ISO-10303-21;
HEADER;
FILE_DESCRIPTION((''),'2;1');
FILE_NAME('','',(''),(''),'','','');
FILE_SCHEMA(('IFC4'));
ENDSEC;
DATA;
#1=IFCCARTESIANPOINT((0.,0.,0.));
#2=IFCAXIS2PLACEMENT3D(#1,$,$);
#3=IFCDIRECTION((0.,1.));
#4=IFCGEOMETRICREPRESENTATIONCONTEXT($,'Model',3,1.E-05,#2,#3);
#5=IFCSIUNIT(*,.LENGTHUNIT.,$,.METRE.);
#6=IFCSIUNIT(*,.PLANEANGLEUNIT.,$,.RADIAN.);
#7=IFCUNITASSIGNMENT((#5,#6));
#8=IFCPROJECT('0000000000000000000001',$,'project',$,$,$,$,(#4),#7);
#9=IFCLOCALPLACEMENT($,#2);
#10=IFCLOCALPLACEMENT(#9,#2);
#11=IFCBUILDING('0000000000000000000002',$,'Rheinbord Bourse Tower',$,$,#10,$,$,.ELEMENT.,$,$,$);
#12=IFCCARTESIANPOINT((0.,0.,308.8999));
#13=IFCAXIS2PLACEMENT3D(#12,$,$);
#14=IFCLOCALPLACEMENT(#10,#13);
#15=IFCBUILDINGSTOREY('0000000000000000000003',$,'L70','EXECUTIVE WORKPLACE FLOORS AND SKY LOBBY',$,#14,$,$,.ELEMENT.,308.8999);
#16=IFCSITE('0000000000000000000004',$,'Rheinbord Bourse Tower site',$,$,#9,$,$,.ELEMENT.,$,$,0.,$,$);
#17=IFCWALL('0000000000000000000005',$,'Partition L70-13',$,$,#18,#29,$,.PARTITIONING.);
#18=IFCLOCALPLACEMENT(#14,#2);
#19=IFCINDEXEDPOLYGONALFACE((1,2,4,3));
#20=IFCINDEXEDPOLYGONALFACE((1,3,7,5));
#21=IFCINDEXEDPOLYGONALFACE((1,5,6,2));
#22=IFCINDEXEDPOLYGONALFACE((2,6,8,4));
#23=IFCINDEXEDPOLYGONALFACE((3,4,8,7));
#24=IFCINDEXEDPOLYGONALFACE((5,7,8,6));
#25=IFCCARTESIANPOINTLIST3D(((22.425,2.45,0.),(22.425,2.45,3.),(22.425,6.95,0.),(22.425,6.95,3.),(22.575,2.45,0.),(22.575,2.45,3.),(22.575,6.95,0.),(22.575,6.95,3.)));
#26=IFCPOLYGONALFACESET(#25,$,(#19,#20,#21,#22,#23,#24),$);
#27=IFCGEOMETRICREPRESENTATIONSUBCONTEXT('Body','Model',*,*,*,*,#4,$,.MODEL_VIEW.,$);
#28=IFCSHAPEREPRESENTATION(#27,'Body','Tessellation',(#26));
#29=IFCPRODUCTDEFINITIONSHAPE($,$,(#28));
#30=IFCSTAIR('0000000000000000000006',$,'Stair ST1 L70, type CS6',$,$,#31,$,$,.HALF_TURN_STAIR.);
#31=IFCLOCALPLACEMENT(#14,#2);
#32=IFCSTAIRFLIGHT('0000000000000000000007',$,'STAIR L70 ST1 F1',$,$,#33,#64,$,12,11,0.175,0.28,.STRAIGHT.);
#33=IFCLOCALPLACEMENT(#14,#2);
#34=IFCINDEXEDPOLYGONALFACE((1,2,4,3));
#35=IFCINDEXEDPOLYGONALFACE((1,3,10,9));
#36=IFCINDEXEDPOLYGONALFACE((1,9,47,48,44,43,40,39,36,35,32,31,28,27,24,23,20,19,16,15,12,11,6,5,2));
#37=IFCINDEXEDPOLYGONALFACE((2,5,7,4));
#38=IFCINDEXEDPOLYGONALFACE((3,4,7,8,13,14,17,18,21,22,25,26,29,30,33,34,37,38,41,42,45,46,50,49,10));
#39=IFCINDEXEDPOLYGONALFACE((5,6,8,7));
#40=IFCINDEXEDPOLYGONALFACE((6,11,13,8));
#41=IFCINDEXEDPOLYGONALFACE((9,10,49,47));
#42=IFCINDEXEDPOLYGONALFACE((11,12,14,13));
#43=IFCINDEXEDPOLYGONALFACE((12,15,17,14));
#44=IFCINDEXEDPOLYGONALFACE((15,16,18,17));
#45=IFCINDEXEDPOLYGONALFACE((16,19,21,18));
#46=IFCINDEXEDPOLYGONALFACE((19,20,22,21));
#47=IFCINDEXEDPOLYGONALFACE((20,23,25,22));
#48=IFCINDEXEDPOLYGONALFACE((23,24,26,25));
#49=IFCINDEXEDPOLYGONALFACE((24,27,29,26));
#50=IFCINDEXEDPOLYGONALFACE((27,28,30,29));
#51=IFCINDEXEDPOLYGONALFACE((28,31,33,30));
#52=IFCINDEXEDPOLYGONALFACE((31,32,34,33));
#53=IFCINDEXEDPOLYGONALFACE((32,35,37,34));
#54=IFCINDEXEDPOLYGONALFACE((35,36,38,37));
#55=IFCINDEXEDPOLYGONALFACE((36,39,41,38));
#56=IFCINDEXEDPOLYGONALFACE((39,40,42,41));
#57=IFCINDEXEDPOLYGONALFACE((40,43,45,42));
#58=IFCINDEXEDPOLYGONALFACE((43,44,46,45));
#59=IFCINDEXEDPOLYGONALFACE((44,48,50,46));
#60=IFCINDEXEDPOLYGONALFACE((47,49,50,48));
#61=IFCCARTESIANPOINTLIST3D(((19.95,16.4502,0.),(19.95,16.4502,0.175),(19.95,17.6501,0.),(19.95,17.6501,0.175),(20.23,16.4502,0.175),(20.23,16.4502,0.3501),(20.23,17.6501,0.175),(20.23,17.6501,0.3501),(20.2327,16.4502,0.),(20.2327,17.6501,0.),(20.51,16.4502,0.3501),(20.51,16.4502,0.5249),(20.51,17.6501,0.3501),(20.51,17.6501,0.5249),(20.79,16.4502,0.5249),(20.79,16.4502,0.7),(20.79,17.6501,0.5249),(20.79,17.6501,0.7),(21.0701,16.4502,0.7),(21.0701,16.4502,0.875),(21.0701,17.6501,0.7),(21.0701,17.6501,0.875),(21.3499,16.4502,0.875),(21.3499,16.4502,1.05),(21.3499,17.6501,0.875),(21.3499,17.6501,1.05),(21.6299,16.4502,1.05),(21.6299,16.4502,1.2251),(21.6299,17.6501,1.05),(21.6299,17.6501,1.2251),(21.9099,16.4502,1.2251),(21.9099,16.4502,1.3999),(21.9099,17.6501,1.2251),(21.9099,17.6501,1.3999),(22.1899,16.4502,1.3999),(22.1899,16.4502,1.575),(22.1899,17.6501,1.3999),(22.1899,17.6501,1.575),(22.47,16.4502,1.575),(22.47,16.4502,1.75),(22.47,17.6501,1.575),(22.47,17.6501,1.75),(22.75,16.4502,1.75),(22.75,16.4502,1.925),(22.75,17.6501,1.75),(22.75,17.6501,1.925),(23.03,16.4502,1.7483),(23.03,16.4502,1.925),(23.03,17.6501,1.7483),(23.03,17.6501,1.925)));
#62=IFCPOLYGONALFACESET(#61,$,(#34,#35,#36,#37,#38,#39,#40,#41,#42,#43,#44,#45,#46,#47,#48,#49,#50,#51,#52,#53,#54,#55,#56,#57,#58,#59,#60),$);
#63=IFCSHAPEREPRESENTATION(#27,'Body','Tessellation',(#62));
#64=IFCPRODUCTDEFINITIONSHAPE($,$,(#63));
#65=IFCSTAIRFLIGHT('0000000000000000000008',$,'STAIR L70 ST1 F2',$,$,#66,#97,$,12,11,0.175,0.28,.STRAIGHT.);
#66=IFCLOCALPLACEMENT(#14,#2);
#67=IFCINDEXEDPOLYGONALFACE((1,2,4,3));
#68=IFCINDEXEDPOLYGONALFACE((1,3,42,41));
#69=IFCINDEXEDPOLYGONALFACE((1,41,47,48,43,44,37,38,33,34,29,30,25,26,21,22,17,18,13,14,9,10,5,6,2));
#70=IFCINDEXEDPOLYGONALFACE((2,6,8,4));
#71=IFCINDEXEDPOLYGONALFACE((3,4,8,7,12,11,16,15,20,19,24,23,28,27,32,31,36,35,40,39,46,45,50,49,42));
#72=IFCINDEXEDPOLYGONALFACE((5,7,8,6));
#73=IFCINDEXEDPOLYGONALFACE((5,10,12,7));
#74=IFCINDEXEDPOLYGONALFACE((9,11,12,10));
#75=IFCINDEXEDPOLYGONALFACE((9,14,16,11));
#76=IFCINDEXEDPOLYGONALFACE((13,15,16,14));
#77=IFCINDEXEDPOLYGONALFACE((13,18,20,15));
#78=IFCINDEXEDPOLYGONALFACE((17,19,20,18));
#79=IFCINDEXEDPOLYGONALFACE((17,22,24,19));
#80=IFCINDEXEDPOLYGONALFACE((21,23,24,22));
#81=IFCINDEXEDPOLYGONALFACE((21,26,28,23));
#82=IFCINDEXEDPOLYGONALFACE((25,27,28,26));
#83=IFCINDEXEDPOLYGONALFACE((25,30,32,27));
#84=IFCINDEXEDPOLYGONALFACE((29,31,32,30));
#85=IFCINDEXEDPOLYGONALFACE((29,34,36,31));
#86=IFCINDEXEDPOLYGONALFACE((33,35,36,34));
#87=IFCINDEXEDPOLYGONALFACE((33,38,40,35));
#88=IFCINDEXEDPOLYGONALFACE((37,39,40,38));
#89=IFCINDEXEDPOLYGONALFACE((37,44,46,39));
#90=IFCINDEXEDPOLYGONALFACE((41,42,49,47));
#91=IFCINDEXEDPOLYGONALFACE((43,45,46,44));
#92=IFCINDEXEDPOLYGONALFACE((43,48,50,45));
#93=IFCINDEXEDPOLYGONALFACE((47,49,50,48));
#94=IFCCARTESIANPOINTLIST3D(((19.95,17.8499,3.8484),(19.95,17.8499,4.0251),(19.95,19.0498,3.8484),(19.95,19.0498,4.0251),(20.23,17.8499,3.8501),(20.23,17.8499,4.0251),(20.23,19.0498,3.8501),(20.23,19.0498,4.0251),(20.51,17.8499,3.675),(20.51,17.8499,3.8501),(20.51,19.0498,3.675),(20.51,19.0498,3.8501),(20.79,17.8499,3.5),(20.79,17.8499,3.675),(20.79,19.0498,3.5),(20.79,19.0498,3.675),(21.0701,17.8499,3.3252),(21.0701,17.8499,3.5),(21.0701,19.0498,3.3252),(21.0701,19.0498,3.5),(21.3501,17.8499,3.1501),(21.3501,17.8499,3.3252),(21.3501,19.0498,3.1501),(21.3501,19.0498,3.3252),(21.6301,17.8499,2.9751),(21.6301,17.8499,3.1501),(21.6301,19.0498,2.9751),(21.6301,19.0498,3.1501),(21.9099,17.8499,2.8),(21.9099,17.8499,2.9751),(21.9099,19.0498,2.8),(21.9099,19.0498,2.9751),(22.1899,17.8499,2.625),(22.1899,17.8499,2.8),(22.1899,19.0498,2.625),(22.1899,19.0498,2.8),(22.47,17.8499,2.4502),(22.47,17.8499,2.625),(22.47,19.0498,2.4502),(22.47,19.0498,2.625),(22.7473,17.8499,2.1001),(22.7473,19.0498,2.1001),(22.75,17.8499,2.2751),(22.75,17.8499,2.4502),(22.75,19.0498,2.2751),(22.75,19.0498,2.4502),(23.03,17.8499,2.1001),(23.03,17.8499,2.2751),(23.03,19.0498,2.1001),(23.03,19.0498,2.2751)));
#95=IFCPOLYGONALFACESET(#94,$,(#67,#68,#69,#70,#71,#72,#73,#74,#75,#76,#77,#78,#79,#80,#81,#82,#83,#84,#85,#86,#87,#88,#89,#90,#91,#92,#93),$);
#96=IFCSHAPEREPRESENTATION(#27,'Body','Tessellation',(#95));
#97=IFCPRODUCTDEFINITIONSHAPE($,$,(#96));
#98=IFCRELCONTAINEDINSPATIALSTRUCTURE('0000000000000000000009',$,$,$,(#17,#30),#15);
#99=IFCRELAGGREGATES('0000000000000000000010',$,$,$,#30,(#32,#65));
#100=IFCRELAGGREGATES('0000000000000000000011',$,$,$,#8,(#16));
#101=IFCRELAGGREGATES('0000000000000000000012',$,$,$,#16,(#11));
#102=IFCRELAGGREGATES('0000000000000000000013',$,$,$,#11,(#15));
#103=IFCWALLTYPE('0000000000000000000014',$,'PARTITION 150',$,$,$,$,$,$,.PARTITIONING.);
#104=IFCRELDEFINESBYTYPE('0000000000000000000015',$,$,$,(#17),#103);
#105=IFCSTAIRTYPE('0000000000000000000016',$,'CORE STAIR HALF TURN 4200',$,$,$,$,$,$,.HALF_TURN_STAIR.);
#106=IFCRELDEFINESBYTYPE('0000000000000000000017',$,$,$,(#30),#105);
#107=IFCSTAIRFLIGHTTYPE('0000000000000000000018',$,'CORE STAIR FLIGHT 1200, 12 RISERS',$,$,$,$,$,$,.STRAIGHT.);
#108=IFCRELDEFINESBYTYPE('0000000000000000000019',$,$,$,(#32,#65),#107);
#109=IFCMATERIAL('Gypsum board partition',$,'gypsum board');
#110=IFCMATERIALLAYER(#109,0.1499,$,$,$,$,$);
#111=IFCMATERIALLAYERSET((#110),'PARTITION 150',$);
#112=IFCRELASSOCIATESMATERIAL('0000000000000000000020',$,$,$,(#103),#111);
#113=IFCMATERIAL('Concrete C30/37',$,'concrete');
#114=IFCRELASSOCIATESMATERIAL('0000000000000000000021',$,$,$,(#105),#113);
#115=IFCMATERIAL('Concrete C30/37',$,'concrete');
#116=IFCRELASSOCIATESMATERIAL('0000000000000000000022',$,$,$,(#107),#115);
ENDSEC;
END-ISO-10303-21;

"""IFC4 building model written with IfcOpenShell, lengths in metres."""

from ifc_helpers import new_model, si_unit, direction, frame, frame_2d, origin, place, context, subcontext, project, spatial, polyline, rectangle, outline, extrude, material, layer, layer_set, type_object, element, aggregate, save


model = new_model("IFC4")

# Units and contexts
model_context = context("Model", 3, precision=1e-05, world=origin(), true_north=direction((0.0, 1.0)))
body_context = subcontext(model_context, "Body", "Model", "MODEL_VIEW")
ifc_project = project(units=[si_unit("LENGTHUNIT", "METRE"), si_unit("PLANEANGLEUNIT", "RADIAN")], contexts=[model_context])

# Site, building, storey
site_placement = place(None, origin())
site = spatial("IfcSite", under=ifc_project, at=site_placement, Name="Rheinbord Bourse Tower site", CompositionType="ELEMENT", RefElevation=0.0)
building_placement = place(site_placement, origin())
building = spatial("IfcBuilding", under=site, at=building_placement, Name="Rheinbord Bourse Tower", CompositionType="ELEMENT")
storey_placement = place(building_placement, frame((0.0, 0.0, 308.8999)))
storey = spatial("IfcBuildingStorey", under=building, at=storey_placement, Name="L70", Description="EXECUTIVE WORKPLACE FLOORS AND SKY LOBBY", CompositionType="ELEMENT", Elevation=308.8999)

# Shared definitions
ifc_material_1 = material(Name="Gypsum board partition", Category="gypsum board")
ifc_layer_1 = layer(ifc_material_1, 0.1499)
ifc_layer_set_1 = layer_set([ifc_layer_1], Name="PARTITION 150")
wall_type_1 = type_object("IfcWallType", Name="PARTITION 150", PredefinedType="PARTITIONING", material=ifc_layer_set_1)

# Wall
wall_1_placement = place(storey_placement, frame((22.5, 2.45, 0.0), z_axis=(0.0, 0.0, 1.0), x_axis=(0.0, 1.0, 0.0)))
element("IfcWall", 1, at=wall_1_placement, inside=storey, type_object=wall_type_1, Name="Partition L70-13", PredefinedType="PARTITIONING", context=body_context, shape_type="SweptSolid", body=[
    extrude(rectangle(XDim=4.5, YDim=0.1499, at=frame_2d((2.25, 0.0))), origin(), (0.0, 0.0, 1.0), 3.0),
])

# Stair, stair flights
ifc_material_2 = material(Name="Concrete C30/37", Category="concrete")
stair_type = type_object("IfcStairType", Name="CORE STAIR HALF TURN 4200", PredefinedType="HALF_TURN_STAIR", material=ifc_material_2)
stair_placement = place(storey_placement, origin())
stair = element("IfcStair", 2, at=stair_placement, inside=storey, type_object=stair_type, Name="Stair ST1 L70, type CS6", PredefinedType="HALF_TURN_STAIR")
ifc_material_3 = material(Name="Concrete C30/37", Category="concrete")
stair_flight_type = type_object("IfcStairFlightType", Name="CORE STAIR FLIGHT 1200, 12 RISERS", PredefinedType="STRAIGHT", material=ifc_material_3)
stair_flight_1_placement = place(storey_placement, frame((19.95, 17.05, 0.0), z_axis=(0.0, 0.0, 1.0), x_axis=(1.0, 0.0, 0.0)))
stair_flight_1 = element("IfcStairFlight", 3, at=stair_flight_1_placement, type_object=stair_flight_type, Name="STAIR L70 ST1 F1", NumberOfRisers=12, NumberOfTreads=11, PredefinedType="STRAIGHT", RiserHeight=0.175, TreadLength=0.28, context=body_context, shape_type="SweptSolid", body=[
    extrude(outline(polyline([(0.0, 0.0), (0.0, 0.175), (0.28, 0.175), (0.28, 0.3501), (0.5601, 0.3501), (0.5601, 0.5249), (0.8401, 0.5249), (0.8401, 0.7), (1.1201, 0.7), (1.1201, 0.875), (1.3999, 0.875), (1.3999, 1.05), (1.6799, 1.05), (1.6799, 1.2251), (1.96, 1.2251), (1.96, 1.3999), (2.24, 1.3999), (2.24, 1.575), (2.52, 1.575), (2.52, 1.75), (2.8, 1.75), (2.8, 1.925), (3.0801, 1.925), (3.0801, 2.1001), (3.0801, 1.7483), (0.2827, 0.0), (0.0, 0.0)])), frame((0.0, 0.6001, 0.0), z_axis=(0.0, -1.0, 0.0), x_axis=(1.0, 0.0, 0.0)), (0.0, 0.0, 1.0), 1.2),
])
stair_flight_2_placement = place(storey_placement, frame((23.03, 18.45, 2.1001), z_axis=(0.0, 0.0, 1.0), x_axis=(-1.0, 0.0, 0.0)))
stair_flight_2 = element("IfcStairFlight", 4, at=stair_flight_2_placement, type_object=stair_flight_type, Name="STAIR L70 ST1 F2", NumberOfRisers=12, NumberOfTreads=11, PredefinedType="STRAIGHT", RiserHeight=0.175, TreadLength=0.28, context=body_context, shape_type="SweptSolid", body=[
    extrude(outline(polyline([(0.0, 0.0), (0.0, 0.175), (0.28, 0.175), (0.28, 0.3501), (0.5601, 0.3501), (0.5601, 0.5249), (0.8401, 0.5249), (0.8401, 0.7), (1.1201, 0.7), (1.1201, 0.875), (1.3999, 0.875), (1.3999, 1.05), (1.6799, 1.05), (1.6799, 1.2251), (1.96, 1.2251), (1.96, 1.3999), (2.24, 1.3999), (2.24, 1.575), (2.52, 1.575), (2.52, 1.75), (2.8, 1.75), (2.8, 1.925), (3.0801, 1.925), (3.0801, 2.1001), (3.0801, 1.7483), (0.2827, 0.0), (0.0, 0.0)])), frame((0.0, 0.6001, 0.0), z_axis=(0.0, -1.0, 0.0), x_axis=(1.0, 0.0, 0.0)), (0.0, 0.0, 1.0), 1.2),
])
aggregate(stair, [stair_flight_1, stair_flight_2])

save(model, "model.ifc")
